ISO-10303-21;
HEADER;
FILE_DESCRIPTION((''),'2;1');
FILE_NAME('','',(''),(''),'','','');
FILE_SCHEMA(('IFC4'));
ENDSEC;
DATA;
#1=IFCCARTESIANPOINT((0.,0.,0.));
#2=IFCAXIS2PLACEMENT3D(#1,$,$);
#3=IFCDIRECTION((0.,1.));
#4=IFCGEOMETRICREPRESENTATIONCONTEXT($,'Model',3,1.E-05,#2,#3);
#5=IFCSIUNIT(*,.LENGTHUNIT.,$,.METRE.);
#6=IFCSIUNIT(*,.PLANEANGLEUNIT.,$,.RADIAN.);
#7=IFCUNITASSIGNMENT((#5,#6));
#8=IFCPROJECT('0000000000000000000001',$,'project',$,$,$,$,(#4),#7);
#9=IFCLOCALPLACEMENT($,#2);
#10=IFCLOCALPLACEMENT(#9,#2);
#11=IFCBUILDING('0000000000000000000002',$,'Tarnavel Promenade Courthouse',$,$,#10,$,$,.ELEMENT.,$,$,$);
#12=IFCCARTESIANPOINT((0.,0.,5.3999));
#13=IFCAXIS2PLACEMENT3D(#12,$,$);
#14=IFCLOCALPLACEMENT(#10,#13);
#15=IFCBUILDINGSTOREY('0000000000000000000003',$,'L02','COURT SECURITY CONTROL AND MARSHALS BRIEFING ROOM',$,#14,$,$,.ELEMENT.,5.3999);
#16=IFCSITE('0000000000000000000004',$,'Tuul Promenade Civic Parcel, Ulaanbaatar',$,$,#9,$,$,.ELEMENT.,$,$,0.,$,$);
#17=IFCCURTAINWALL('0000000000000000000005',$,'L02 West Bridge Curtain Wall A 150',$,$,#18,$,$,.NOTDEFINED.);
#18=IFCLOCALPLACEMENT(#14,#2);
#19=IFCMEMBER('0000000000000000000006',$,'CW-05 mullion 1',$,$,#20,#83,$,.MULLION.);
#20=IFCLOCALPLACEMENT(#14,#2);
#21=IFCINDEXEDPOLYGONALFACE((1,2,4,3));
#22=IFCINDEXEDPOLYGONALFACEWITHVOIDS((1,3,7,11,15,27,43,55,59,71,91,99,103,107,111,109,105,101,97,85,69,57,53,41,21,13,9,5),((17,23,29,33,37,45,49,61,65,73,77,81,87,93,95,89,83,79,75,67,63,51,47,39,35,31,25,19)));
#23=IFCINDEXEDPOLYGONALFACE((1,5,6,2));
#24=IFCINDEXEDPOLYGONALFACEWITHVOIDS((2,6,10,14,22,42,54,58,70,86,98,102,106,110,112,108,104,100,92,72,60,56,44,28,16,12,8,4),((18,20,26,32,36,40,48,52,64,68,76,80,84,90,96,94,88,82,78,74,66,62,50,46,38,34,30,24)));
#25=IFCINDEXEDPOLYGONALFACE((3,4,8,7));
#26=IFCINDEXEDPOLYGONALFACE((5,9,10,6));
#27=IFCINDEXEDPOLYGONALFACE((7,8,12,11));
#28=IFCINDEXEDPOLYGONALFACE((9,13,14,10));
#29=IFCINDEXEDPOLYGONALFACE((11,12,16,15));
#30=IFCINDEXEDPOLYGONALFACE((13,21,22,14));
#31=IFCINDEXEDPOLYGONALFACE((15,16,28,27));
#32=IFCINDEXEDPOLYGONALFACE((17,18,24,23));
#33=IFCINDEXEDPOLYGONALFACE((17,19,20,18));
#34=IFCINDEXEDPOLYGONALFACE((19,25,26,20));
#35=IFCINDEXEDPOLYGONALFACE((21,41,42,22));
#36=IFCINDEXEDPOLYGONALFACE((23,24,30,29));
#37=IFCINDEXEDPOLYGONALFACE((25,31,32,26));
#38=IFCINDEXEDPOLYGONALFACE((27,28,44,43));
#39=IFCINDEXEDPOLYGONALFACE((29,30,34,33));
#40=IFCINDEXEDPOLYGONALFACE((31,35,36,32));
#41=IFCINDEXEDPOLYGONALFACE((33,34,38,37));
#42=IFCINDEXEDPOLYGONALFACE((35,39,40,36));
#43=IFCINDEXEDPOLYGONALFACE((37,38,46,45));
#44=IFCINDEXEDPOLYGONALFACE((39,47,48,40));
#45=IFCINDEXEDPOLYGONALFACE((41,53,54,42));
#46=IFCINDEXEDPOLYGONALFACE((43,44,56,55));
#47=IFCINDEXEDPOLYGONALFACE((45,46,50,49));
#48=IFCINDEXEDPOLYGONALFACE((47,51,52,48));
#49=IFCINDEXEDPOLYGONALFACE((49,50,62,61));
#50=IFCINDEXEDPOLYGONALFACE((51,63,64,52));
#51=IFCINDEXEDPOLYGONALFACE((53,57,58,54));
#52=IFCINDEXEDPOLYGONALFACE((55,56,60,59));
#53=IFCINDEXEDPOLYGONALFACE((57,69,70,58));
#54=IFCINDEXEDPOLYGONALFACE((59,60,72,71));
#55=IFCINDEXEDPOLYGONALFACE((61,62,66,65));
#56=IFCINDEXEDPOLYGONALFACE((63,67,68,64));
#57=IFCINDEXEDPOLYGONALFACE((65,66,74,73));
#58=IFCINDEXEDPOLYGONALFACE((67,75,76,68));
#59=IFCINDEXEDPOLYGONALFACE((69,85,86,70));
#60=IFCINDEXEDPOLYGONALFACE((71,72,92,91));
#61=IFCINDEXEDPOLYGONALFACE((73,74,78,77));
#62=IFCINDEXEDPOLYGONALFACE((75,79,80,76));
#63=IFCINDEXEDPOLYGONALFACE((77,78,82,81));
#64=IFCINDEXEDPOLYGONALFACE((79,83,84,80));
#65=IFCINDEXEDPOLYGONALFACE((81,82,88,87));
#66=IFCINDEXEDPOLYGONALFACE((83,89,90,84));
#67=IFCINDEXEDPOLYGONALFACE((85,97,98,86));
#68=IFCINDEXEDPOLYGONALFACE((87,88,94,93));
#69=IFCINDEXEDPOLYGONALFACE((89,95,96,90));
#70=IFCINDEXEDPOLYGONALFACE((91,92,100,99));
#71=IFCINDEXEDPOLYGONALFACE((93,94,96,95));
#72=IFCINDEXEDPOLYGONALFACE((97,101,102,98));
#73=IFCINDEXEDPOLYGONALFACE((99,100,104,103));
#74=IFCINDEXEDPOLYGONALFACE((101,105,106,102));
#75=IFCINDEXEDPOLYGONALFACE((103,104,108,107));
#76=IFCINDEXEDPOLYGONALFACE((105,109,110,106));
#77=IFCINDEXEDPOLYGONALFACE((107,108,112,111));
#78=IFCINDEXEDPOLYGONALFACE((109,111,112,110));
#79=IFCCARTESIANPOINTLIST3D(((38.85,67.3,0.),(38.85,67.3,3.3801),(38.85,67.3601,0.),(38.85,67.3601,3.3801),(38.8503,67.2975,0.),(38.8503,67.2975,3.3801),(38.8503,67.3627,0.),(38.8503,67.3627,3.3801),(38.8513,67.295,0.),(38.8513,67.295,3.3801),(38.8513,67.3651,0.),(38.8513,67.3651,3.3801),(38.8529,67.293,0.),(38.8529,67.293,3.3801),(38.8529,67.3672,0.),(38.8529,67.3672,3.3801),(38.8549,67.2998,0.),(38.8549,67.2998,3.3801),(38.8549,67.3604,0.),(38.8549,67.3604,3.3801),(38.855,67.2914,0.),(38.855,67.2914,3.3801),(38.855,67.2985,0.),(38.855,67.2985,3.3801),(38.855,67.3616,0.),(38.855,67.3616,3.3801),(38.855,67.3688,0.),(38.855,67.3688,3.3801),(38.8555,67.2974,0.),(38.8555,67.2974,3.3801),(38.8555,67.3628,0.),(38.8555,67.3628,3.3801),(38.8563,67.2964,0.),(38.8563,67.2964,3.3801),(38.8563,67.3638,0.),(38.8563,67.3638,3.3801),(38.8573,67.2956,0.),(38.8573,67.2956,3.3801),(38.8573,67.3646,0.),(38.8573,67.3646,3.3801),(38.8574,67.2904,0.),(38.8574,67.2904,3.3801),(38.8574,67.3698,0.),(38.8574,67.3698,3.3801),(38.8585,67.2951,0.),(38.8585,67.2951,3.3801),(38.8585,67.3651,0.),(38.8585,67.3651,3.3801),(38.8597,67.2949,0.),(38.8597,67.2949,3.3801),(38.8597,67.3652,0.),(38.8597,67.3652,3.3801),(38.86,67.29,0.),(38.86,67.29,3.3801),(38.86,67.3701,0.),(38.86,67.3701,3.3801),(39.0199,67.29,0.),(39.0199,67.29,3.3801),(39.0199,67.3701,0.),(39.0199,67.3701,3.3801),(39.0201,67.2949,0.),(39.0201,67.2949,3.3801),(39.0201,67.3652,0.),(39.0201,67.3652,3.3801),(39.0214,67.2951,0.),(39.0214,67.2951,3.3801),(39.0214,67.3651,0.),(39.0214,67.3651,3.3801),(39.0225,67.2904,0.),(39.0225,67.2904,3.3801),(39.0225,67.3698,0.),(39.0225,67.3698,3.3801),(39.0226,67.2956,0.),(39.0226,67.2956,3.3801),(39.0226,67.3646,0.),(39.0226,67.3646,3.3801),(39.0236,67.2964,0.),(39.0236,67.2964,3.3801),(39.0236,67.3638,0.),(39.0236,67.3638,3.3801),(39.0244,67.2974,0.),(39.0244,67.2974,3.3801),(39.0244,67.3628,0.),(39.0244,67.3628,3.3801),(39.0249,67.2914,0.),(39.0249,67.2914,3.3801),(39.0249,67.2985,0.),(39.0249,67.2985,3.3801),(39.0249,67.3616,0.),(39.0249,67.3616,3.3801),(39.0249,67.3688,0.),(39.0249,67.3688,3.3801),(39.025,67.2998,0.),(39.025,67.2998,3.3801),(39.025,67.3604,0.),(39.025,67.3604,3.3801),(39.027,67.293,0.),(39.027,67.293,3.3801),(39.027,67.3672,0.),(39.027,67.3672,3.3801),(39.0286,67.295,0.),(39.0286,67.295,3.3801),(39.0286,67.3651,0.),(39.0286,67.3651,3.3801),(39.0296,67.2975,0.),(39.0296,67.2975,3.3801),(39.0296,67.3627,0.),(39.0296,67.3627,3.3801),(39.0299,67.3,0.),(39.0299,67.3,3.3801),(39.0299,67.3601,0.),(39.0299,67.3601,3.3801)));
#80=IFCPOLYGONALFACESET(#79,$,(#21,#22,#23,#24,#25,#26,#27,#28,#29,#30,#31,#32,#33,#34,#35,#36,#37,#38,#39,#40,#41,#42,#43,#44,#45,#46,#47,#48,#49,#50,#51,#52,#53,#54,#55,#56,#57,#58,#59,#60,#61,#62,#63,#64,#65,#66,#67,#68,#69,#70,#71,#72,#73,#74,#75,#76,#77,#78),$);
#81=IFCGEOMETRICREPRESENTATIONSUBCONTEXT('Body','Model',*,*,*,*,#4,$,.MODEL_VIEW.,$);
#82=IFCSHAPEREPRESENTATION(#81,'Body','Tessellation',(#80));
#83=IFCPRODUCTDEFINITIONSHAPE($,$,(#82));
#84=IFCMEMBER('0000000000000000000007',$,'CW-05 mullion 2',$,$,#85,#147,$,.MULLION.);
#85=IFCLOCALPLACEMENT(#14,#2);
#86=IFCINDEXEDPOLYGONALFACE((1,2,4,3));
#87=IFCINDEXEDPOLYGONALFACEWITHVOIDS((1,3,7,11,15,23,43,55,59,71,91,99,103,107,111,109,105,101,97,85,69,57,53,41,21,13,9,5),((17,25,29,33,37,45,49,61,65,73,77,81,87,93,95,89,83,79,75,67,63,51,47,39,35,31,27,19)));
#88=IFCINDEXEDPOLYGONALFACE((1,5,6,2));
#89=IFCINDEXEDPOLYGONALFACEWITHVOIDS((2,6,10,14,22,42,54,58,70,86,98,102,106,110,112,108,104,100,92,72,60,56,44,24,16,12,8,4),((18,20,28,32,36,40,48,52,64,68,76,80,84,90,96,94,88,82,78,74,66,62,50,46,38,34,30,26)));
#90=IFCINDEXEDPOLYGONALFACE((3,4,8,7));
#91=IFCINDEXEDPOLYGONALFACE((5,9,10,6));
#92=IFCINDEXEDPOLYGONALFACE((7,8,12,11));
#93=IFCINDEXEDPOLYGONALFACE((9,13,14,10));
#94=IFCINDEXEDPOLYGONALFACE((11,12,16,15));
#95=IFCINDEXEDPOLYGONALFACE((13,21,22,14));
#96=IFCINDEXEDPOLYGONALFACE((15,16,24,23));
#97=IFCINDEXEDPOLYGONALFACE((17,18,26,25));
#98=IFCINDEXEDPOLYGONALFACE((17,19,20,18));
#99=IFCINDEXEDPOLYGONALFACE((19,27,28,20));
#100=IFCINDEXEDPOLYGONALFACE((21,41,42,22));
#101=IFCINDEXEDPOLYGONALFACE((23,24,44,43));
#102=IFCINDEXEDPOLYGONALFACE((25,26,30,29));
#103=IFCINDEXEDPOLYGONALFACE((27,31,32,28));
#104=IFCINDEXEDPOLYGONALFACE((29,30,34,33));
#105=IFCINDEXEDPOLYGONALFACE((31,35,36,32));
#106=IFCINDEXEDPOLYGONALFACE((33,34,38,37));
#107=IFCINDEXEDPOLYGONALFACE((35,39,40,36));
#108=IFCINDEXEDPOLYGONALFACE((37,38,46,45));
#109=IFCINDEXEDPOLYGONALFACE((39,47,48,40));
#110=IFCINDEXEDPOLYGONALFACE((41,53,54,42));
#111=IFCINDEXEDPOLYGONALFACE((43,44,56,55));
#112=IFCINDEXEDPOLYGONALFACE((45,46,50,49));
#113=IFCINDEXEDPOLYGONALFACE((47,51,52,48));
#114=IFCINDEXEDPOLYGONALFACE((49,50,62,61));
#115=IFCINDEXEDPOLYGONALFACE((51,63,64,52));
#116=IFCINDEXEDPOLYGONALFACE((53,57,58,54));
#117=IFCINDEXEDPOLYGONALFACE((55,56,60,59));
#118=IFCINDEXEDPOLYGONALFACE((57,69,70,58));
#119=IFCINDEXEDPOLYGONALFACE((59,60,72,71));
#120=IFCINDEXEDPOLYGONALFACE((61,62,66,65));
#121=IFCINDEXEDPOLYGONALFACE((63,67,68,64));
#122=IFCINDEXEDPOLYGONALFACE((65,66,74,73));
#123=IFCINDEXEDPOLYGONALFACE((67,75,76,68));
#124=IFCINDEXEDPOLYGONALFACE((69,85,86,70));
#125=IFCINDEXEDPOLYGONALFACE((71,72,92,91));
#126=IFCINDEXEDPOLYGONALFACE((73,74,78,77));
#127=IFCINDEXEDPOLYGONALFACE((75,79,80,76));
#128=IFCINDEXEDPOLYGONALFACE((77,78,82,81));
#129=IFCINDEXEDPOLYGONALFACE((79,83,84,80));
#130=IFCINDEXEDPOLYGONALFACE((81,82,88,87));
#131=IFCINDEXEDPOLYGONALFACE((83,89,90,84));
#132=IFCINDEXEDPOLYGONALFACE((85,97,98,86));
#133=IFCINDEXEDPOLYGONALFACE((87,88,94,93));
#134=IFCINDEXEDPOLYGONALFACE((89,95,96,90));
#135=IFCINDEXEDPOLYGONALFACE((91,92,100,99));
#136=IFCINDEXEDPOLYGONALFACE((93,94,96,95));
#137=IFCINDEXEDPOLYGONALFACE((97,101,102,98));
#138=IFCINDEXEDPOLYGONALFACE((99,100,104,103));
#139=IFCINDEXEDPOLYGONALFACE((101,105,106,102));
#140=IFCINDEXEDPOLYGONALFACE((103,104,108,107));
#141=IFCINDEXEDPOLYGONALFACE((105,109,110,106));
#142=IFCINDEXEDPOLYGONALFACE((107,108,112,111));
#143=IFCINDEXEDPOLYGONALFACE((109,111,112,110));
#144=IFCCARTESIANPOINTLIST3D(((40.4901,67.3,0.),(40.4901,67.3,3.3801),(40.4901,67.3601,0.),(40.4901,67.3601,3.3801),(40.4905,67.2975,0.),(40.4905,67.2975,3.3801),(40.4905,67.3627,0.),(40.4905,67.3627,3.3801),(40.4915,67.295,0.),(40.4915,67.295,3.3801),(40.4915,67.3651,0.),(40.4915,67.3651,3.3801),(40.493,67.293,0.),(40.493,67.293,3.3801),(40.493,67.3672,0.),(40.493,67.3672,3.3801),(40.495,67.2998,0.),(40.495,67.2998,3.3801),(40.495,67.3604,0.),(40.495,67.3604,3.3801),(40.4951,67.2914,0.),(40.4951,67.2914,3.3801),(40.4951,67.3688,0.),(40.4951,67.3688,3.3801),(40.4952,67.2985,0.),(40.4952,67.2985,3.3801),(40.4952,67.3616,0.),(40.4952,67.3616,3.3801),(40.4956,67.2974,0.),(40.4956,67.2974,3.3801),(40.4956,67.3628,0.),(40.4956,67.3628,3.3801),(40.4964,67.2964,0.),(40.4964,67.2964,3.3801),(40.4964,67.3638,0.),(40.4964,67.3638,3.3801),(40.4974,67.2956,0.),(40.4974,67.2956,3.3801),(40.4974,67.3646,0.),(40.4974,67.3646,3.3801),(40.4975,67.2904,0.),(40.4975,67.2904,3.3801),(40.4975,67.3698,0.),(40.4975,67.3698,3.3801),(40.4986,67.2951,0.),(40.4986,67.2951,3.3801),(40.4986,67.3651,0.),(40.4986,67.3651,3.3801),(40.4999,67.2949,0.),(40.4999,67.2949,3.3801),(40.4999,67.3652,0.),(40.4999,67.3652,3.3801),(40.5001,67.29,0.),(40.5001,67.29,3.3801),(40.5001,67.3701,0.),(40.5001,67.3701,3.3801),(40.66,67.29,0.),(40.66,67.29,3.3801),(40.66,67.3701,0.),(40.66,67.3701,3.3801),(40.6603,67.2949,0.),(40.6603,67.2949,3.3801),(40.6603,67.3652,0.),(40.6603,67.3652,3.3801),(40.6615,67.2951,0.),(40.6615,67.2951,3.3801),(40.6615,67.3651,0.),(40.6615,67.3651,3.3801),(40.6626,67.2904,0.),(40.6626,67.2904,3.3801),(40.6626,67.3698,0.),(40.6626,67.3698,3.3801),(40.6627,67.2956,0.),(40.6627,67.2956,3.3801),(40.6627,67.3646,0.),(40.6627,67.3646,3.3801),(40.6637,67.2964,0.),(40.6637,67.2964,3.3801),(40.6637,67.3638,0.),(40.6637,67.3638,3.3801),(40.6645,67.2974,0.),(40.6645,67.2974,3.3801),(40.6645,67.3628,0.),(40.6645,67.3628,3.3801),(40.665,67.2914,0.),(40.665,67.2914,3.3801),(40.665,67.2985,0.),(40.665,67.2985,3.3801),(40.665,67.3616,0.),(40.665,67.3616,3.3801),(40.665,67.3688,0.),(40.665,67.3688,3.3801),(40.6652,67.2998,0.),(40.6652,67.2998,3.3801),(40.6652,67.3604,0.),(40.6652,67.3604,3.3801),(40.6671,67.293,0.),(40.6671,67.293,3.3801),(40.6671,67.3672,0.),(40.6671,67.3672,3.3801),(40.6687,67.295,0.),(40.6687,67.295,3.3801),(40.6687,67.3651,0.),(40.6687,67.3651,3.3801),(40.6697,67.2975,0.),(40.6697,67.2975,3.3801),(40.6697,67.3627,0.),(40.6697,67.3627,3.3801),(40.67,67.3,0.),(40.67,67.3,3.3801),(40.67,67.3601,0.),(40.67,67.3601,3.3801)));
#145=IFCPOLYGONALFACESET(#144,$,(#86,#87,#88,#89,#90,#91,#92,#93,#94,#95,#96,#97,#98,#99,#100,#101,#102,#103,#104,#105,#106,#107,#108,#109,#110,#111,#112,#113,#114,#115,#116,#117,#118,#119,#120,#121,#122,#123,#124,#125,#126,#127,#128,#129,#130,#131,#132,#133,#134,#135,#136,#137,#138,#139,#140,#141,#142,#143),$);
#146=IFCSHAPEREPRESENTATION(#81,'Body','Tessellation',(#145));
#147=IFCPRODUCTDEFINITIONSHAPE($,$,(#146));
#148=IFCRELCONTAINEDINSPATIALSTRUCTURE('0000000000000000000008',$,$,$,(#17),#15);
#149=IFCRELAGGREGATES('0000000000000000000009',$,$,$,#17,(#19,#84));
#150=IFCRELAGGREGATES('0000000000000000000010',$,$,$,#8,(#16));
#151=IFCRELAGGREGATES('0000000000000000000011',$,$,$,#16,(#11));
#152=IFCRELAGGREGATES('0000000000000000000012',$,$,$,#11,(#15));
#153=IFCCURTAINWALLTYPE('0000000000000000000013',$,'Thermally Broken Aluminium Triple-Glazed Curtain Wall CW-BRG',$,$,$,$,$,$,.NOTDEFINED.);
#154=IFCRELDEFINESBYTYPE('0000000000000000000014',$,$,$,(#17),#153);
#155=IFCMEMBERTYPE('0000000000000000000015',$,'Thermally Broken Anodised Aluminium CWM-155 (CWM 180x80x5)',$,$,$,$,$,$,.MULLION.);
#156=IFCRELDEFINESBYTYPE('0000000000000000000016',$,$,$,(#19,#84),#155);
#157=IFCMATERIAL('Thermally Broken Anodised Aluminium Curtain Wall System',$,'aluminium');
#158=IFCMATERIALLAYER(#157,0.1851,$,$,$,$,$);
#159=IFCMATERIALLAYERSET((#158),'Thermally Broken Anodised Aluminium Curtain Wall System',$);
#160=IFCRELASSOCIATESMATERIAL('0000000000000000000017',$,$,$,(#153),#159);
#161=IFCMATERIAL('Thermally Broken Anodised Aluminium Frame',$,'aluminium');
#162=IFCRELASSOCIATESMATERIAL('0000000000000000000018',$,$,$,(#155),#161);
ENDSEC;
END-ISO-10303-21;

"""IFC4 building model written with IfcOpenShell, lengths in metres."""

from ifc_helpers import new_model, si_unit, direction, frame, origin, origin_2d, place, context, subcontext, project, spatial, hollow_rectangle, extrude, material, layer, layer_set, material_profile, profile_set, type_object, element, aggregate, save


model = new_model("IFC4")

# Units and contexts
model_context = context("Model", 3, precision=1e-05, world=origin(), true_north=direction((0.0, 1.0)))
body_context = subcontext(model_context, "Body", "Model", "MODEL_VIEW")
ifc_project = project(units=[si_unit("LENGTHUNIT", "METRE"), si_unit("PLANEANGLEUNIT", "RADIAN")], contexts=[model_context])

# Site, building, storey
site_placement = place(None, origin())
site = spatial("IfcSite", under=ifc_project, at=site_placement, Name="Tuul Promenade Civic Parcel, Ulaanbaatar", CompositionType="ELEMENT", RefElevation=0.0)
building_placement = place(site_placement, origin())
building = spatial("IfcBuilding", under=site, at=building_placement, Name="Tarnavel Promenade Courthouse", CompositionType="ELEMENT")
storey_placement = place(building_placement, frame((0.0, 0.0, 5.3999)))
storey = spatial("IfcBuildingStorey", under=building, at=storey_placement, Name="L02", Description="COURT SECURITY CONTROL AND MARSHALS BRIEFING ROOM", CompositionType="ELEMENT", Elevation=5.3999)

# Curtain wall, members
ifc_material_1 = material(Name="Thermally Broken Anodised Aluminium Curtain Wall System", Category="aluminium")
ifc_layer_1 = layer(ifc_material_1, 0.1851)
ifc_layer_set_1 = layer_set([ifc_layer_1], Name="Thermally Broken Anodised Aluminium Curtain Wall System")
curtain_wall_type = type_object("IfcCurtainWallType", Name="Thermally Broken Aluminium Triple-Glazed Curtain Wall CW-BRG", PredefinedType="NOTDEFINED", material=ifc_layer_set_1)
curtain_wall_1_placement = place(storey_placement, origin())
curtain_wall_1 = element("IfcCurtainWall", 1, at=curtain_wall_1_placement, inside=storey, type_object=curtain_wall_type, Name="L02 West Bridge Curtain Wall A 150", PredefinedType="NOTDEFINED")
ifc_material_2 = material(Name="Thermally Broken Anodised Aluminium Frame", Category="aluminium")
ifc_material_profile_1 = material_profile(ifc_material_2, hollow_rectangle(XDim=0.0801, YDim=0.1799, WallThickness=0.0049, InnerFilletRadius=0.0049, OuterFilletRadius=0.01, at=origin_2d()), Name="CWM 180x80x5")
ifc_profile_set_1 = profile_set([ifc_material_profile_1], Name="Thermally Broken Anodised Aluminium Frame")
member_type_1 = type_object("IfcMemberType", Name="Thermally Broken Anodised Aluminium CWM-155 (CWM 180x80x5)", PredefinedType="MULLION", material=ifc_profile_set_1)
member_1_placement = place(storey_placement, frame((38.9399, 67.3301, 0.0), z_axis=(0.0, 0.0, 1.0), x_axis=(0.0, 1.0, 0.0)))
member_1 = element("IfcMember", 2, at=member_1_placement, type_object=member_type_1, Name="CW-05 mullion 1", PredefinedType="MULLION", context=body_context, shape_type="SweptSolid", body=[
    extrude(hollow_rectangle(XDim=0.0801, YDim=0.1799, WallThickness=0.0049, InnerFilletRadius=0.0049, OuterFilletRadius=0.01, at=origin_2d()), origin(), (0.0, 0.0, 1.0), 3.3801),
])
member_2_placement = place(storey_placement, frame((40.5801, 67.3301, 0.0), z_axis=(0.0, 0.0, 1.0), x_axis=(0.0, 1.0, 0.0)))
member_2 = element("IfcMember", 3, at=member_2_placement, type_object=member_type_1, Name="CW-05 mullion 2", PredefinedType="MULLION", context=body_context, shape_type="SweptSolid", body=[
    extrude(hollow_rectangle(XDim=0.0801, YDim=0.1799, WallThickness=0.0049, InnerFilletRadius=0.0049, OuterFilletRadius=0.01, at=origin_2d()), origin(), (0.0, 0.0, 1.0), 3.3801),
])

aggregate(curtain_wall_1, [member_1, member_2])

save(model, "model.ifc")
